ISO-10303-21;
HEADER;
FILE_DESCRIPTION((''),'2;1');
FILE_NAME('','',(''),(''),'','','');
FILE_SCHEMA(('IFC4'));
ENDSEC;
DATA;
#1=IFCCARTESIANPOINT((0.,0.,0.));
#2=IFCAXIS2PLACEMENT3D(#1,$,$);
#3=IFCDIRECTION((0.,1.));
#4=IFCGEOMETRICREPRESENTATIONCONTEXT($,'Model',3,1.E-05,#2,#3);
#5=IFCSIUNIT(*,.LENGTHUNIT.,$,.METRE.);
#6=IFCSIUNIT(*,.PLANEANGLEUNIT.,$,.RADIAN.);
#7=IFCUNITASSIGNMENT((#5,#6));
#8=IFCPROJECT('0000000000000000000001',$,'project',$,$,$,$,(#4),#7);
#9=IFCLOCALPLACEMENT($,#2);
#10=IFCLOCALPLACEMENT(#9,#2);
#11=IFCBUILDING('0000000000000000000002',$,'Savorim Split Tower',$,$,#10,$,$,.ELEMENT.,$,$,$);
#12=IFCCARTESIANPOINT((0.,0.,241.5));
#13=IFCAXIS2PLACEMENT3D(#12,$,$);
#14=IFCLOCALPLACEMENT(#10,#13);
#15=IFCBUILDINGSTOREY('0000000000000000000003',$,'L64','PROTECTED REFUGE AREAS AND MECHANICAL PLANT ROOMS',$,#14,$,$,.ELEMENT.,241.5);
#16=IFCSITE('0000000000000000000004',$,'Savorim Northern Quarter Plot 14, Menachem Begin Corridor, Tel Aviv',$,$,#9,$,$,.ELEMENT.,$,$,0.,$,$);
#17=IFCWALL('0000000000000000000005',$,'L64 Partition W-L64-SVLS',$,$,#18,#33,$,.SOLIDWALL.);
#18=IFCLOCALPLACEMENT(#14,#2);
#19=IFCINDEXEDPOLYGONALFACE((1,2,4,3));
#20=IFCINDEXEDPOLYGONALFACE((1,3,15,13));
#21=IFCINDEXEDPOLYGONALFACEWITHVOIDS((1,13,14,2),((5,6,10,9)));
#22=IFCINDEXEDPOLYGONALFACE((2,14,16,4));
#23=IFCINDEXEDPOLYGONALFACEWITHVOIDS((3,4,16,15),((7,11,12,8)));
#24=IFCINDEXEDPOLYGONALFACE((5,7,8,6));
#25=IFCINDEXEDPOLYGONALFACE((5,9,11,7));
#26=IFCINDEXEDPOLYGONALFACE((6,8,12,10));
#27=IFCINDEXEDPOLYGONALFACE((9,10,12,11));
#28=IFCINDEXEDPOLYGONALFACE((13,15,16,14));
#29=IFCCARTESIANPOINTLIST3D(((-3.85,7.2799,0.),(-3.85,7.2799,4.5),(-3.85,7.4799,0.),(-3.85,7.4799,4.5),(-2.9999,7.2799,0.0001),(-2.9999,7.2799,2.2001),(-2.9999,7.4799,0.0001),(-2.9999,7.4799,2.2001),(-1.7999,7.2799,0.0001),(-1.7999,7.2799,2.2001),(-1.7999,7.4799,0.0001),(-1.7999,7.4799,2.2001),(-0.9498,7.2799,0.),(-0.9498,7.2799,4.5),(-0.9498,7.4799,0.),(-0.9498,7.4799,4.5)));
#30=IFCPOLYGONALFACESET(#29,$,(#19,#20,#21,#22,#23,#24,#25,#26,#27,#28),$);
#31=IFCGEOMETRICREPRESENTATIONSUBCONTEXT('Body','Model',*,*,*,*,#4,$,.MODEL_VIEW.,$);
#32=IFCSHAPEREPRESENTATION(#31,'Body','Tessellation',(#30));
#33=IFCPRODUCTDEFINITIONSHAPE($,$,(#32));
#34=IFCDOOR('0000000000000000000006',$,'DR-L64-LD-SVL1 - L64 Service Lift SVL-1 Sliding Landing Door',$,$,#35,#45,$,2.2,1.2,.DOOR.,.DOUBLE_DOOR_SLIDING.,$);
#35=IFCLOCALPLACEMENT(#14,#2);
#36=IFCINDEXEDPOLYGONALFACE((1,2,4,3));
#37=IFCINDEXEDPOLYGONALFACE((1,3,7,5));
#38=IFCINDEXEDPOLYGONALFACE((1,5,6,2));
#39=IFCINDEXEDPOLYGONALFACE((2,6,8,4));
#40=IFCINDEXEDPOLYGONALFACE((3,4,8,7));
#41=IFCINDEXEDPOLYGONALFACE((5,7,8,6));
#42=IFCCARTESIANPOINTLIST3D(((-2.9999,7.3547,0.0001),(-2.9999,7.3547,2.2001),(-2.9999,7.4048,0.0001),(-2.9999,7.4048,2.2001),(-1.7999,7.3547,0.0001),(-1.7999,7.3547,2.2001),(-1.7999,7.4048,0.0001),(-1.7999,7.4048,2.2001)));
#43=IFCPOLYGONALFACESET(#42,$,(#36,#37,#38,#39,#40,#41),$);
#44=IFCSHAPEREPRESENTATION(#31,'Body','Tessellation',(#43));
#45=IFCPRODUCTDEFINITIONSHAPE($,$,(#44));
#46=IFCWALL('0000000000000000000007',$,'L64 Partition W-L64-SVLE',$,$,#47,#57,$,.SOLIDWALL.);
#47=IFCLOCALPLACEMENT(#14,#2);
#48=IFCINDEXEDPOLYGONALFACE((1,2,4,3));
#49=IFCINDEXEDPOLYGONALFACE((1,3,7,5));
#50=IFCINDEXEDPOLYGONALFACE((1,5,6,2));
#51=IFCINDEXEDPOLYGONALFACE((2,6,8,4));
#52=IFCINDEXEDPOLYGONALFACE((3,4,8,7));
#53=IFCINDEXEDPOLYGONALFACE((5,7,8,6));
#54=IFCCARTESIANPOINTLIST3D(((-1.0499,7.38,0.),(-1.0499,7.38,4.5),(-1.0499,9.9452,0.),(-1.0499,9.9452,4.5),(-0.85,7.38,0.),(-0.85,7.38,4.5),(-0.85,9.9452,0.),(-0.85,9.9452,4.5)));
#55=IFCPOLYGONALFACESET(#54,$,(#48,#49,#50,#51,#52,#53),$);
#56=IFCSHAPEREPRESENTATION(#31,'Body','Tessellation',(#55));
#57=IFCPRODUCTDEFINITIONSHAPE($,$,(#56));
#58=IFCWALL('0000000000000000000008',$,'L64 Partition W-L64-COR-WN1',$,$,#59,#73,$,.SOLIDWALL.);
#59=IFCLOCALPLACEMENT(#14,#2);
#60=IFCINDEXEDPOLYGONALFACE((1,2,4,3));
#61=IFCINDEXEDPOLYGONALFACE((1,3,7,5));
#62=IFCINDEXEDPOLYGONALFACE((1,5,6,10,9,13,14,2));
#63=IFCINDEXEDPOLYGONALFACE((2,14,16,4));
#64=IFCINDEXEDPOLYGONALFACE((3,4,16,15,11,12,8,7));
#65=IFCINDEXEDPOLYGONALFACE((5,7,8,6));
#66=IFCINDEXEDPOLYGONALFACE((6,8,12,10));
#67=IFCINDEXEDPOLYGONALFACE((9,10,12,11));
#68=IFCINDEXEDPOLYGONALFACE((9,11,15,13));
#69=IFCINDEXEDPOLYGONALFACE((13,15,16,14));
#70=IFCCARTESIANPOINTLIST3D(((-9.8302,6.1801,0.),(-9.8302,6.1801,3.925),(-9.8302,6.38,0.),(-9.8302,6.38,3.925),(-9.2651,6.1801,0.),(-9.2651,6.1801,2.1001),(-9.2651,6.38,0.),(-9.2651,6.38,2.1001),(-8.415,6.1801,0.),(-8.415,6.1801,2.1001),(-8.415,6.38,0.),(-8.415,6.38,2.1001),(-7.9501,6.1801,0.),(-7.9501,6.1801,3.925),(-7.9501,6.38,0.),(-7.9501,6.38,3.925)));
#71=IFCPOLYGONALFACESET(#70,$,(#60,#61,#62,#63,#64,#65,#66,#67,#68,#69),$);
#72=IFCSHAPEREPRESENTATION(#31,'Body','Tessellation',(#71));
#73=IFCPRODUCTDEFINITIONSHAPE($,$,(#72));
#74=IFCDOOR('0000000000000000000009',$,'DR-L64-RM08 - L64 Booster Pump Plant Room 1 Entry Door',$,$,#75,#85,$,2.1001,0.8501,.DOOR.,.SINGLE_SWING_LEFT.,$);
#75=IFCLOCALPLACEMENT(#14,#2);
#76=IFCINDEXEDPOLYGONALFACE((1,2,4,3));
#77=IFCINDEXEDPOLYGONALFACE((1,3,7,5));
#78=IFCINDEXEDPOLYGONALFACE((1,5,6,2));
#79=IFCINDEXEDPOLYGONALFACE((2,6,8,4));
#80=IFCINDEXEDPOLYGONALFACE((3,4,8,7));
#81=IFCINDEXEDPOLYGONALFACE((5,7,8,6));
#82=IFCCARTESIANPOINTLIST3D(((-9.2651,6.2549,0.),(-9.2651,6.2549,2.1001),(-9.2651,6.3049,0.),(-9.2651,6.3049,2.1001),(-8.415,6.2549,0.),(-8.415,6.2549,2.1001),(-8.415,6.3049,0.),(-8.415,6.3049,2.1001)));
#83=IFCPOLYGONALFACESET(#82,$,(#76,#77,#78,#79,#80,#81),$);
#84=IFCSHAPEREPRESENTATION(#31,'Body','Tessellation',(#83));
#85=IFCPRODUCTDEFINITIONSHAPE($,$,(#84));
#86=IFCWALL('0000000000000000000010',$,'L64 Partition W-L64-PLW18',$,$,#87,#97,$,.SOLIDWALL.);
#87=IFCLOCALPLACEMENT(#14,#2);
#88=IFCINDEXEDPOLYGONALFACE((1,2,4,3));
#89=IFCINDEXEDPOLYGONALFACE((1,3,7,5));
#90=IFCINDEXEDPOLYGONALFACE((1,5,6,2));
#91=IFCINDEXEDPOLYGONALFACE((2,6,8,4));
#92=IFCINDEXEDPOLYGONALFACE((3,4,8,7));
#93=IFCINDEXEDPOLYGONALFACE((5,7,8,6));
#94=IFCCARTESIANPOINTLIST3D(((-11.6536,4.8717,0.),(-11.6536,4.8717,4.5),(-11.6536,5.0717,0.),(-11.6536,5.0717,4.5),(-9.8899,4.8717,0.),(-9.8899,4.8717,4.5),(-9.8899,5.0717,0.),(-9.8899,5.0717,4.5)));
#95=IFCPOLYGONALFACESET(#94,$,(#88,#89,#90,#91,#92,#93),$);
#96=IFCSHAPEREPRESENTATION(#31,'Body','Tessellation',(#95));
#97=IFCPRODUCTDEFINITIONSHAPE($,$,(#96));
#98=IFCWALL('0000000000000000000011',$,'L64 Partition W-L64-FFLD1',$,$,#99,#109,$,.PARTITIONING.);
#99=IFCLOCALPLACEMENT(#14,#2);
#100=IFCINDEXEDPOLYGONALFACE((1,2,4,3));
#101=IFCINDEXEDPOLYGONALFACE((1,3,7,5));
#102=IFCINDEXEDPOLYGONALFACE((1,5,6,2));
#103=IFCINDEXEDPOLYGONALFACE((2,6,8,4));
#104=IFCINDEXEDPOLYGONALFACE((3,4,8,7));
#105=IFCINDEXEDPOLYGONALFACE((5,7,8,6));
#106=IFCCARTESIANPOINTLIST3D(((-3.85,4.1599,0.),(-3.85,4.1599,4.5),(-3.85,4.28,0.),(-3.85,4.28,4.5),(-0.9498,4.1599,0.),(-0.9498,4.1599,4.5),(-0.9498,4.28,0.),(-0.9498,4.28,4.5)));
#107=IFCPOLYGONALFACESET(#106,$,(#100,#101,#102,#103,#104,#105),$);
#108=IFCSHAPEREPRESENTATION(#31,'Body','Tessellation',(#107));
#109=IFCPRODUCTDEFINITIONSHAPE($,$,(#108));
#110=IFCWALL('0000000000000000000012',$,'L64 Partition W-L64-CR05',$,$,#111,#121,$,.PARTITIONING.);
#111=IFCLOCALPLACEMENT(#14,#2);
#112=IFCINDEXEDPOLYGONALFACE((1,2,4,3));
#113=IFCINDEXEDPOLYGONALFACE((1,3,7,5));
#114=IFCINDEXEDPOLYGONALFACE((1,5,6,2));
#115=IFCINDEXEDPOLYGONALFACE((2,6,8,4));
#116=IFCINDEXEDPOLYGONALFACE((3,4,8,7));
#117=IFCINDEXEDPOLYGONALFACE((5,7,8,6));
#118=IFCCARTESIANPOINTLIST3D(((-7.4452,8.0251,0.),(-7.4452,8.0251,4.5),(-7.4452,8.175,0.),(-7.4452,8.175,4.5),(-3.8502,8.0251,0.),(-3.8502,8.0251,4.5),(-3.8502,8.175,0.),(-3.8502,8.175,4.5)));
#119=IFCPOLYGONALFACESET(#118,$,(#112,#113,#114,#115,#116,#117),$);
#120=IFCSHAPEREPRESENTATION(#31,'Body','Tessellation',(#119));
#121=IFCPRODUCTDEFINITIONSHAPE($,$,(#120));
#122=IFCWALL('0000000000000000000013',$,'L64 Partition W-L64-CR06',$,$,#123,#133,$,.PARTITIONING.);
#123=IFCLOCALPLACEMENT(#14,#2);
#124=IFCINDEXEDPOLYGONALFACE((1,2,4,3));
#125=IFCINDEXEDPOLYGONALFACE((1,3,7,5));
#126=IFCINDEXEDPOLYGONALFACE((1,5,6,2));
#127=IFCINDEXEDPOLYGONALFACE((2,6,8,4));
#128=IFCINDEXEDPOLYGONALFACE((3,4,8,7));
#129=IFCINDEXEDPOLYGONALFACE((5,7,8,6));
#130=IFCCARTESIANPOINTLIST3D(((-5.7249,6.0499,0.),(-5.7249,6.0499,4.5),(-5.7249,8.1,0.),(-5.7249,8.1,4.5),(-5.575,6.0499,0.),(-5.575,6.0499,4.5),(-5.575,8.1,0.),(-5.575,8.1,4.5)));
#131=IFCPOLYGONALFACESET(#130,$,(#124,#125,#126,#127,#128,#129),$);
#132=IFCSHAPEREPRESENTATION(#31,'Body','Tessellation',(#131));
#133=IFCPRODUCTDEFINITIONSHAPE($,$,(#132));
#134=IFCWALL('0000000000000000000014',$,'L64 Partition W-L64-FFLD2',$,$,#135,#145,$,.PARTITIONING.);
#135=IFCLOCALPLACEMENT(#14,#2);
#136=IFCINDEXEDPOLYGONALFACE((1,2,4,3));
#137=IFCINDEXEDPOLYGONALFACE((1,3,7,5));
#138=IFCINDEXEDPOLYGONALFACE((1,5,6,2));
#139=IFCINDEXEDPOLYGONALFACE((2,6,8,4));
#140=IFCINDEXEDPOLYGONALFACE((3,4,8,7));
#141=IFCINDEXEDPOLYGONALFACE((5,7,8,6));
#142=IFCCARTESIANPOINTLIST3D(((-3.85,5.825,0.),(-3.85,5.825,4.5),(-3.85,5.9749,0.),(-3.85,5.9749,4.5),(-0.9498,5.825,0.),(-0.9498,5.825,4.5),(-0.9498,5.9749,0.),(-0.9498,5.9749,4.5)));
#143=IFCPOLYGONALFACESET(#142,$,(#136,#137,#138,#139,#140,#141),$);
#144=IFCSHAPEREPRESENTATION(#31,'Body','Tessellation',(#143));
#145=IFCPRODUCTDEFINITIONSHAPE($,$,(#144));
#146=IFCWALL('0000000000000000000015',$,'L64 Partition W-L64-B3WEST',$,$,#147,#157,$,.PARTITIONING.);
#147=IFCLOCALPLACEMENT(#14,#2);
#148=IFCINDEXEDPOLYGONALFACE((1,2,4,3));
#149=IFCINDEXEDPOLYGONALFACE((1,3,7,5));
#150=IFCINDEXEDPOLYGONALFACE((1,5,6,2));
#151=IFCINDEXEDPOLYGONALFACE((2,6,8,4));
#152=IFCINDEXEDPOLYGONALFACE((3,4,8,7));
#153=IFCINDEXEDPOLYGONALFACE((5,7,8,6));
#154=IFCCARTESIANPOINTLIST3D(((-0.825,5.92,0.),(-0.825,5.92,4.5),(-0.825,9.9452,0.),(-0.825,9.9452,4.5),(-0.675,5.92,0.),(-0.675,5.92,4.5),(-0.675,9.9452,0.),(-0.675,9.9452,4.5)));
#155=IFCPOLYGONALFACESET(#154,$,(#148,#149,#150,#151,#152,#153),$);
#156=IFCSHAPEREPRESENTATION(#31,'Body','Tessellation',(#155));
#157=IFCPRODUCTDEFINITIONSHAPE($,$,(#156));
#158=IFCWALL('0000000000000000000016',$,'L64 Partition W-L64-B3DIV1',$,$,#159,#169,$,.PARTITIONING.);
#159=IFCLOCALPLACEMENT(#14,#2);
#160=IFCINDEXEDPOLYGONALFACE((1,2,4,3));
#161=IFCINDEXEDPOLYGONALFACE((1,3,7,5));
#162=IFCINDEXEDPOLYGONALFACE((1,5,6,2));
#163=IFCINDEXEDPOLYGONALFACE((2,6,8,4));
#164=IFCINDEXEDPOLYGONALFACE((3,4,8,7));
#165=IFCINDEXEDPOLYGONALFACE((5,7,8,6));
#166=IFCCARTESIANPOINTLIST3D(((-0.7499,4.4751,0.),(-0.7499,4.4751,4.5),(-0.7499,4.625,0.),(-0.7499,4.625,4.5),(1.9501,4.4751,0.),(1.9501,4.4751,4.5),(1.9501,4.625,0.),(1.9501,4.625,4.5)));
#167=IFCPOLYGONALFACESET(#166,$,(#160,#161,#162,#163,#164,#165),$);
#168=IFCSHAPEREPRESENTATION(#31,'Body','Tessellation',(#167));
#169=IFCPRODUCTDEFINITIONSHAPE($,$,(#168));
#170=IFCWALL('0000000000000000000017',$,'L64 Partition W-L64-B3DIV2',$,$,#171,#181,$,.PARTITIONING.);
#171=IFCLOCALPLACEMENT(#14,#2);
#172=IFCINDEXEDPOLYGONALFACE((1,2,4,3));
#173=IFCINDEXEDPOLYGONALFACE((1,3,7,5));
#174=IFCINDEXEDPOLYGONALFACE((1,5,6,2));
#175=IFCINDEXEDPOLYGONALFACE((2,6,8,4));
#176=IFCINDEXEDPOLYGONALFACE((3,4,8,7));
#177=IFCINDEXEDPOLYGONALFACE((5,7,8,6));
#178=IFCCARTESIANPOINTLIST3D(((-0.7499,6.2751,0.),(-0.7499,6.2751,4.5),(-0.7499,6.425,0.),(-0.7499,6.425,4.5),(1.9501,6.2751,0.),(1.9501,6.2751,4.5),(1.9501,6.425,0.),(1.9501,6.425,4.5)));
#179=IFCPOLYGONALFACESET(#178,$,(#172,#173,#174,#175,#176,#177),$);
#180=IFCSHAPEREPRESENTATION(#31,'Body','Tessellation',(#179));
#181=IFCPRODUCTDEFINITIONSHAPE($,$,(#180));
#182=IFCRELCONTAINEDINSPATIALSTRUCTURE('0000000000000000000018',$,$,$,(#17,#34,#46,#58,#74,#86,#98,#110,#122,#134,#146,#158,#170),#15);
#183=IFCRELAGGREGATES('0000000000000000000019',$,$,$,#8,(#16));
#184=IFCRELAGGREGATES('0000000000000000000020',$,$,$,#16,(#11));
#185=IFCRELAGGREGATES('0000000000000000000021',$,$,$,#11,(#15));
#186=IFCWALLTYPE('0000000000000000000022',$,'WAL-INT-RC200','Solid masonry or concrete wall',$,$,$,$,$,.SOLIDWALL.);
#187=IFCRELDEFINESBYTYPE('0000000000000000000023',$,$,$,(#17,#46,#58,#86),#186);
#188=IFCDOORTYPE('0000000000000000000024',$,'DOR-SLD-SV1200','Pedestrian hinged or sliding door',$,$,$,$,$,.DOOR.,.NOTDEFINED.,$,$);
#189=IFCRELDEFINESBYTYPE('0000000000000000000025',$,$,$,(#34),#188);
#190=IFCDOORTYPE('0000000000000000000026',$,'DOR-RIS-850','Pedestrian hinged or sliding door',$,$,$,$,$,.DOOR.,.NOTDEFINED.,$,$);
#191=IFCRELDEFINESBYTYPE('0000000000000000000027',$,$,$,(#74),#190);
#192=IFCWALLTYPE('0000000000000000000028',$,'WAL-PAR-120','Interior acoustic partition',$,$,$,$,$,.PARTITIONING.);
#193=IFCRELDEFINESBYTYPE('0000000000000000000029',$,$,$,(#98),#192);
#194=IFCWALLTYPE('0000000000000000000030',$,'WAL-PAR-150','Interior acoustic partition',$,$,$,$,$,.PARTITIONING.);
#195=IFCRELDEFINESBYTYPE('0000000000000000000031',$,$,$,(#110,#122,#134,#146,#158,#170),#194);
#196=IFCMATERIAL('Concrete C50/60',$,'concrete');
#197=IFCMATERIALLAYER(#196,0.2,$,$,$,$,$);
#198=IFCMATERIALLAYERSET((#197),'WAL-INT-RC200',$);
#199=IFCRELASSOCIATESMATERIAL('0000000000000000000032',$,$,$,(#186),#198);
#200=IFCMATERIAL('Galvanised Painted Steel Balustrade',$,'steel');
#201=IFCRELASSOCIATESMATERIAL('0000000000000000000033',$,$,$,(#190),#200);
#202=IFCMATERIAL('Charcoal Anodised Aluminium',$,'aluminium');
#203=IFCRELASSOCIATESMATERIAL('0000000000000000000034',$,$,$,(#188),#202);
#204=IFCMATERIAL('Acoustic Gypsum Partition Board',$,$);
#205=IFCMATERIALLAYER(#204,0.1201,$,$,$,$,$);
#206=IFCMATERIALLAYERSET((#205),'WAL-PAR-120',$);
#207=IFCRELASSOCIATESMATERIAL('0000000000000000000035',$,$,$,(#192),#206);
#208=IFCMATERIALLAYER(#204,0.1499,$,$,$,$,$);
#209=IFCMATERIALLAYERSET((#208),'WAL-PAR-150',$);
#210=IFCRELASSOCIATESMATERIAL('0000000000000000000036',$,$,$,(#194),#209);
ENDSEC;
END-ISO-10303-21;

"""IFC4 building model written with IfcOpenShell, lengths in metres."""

from ifc_helpers import new_model, si_unit, direction, frame, frame_2d, origin, place, context, subcontext, project, spatial, rectangle, extrude, material, layer, layer_set, type_object, element, fill, save


model = new_model("IFC4")

# Units and contexts
model_context = context("Model", 3, precision=1e-05, world=origin(), true_north=direction((0.0, 1.0)))
body_context = subcontext(model_context, "Body", "Model", "MODEL_VIEW")
ifc_project = project(units=[si_unit("LENGTHUNIT", "METRE"), si_unit("PLANEANGLEUNIT", "RADIAN")], contexts=[model_context])

# Site, building, storey
site_placement = place(None, origin())
site = spatial("IfcSite", under=ifc_project, at=site_placement, Name="Savorim Northern Quarter Plot 14, Menachem Begin Corridor, Tel Aviv", CompositionType="ELEMENT", RefElevation=0.0)
building_placement = place(site_placement, origin())
building = spatial("IfcBuilding", under=site, at=building_placement, Name="Savorim Split Tower", CompositionType="ELEMENT")
storey_placement = place(building_placement, frame((0.0, 0.0, 241.5)))
storey = spatial("IfcBuildingStorey", under=building, at=storey_placement, Name="L64", Description="PROTECTED REFUGE AREAS AND MECHANICAL PLANT ROOMS", CompositionType="ELEMENT", Elevation=241.5)

# Shared definitions
ifc_material_1 = material(Name="Charcoal Anodised Aluminium", Category="aluminium")

# Shared definitions
ifc_material_2 = material(Name="Concrete C50/60", Category="concrete")
ifc_layer_1 = layer(ifc_material_2, 0.2)
ifc_layer_set_1 = layer_set([ifc_layer_1], Name="WAL-INT-RC200")
wall_type_1 = type_object("IfcWallType", Name="WAL-INT-RC200", Description="Solid masonry or concrete wall", PredefinedType="SOLIDWALL", material=ifc_layer_set_1)
ifc_material_3 = material(Name="Galvanised Painted Steel Balustrade", Category="steel")
door_type_1 = type_object("IfcDoorType", Name="DOR-RIS-850", Description="Pedestrian hinged or sliding door", OperationType="NOTDEFINED", PredefinedType="DOOR", material=ifc_material_3)

# Wall, opening, door
wall_1_placement = place(storey_placement, frame((-3.8501, 7.3799, 0.0), z_axis=(0.0, 0.0, 1.0), x_axis=(1.0, 0.0, 0.0)))
wall_1 = element("IfcWall", 1, at=wall_1_placement, inside=storey, type_object=wall_type_1, Name="L64 Partition W-L64-SVLS", PredefinedType="SOLIDWALL", context=body_context, shape_type="SweptSolid", body=[
    extrude(rectangle(XDim=2.9001, YDim=0.2, at=frame_2d((1.4502, 0.0))), origin(), (0.0, 0.0, 1.0), 4.5),
])
opening_1_placement = place(wall_1_placement, frame((0.8501, 0.0, 0.0)))
opening_1 = element("IfcOpeningElement", 2, at=opening_1_placement, cuts=wall_1, PredefinedType="OPENING", context=body_context, shape_type="SweptSolid", body=[
    extrude(rectangle(XDim=1.2, YDim=2.2, at=frame_2d((0.6001, 1.1001))), frame((0.0, 0.1099, 0.0), z_axis=(0.0, -1.0, 0.0), x_axis=(1.0, 0.0, 0.0)), (0.0, 0.0, 1.0), 0.22),
])
door_type_2 = type_object("IfcDoorType", Name="DOR-SLD-SV1200", Description="Pedestrian hinged or sliding door", OperationType="NOTDEFINED", PredefinedType="DOOR", material=ifc_material_1)
door_1_placement = place(opening_1_placement, origin())
door_1 = element("IfcDoor", 3, at=door_1_placement, inside=storey, type_object=door_type_2, Name="DR-L64-LD-SVL1 - L64 Service Lift SVL-1 Sliding Landing Door", OperationType="DOUBLE_DOOR_SLIDING", OverallHeight=2.2, OverallWidth=1.2, PredefinedType="DOOR", context=body_context, shape_type="SweptSolid", body=[
    extrude(rectangle(XDim=1.2, YDim=2.2, at=frame_2d((0.6001, 1.1001))), frame((0.0, 0.0249, 0.0), z_axis=(0.0, -1.0, 0.0), x_axis=(1.0, 0.0, 0.0)), (0.0, 0.0, 1.0), 0.05),
])
fill(opening_1, door_1)

# Wall
wall_2_placement = place(storey_placement, frame((-0.95, 7.3799, 0.0), z_axis=(0.0, 0.0, 1.0), x_axis=(0.0, 1.0, 0.0)))
element("IfcWall", 4, at=wall_2_placement, inside=storey, type_object=wall_type_1, Name="L64 Partition W-L64-SVLE", PredefinedType="SOLIDWALL", context=body_context, shape_type="SweptSolid", body=[
    extrude(rectangle(XDim=2.5652, YDim=0.2, at=frame_2d((1.2827, 0.0))), origin(), (0.0, 0.0, 1.0), 4.5),
])

# Wall, opening, door
wall_3_placement = place(storey_placement, frame((-9.8301, 6.28, 0.0), z_axis=(0.0, 0.0, 1.0), x_axis=(1.0, 0.0, 0.0)))
wall_3 = element("IfcWall", 5, at=wall_3_placement, inside=storey, type_object=wall_type_1, Name="L64 Partition W-L64-COR-WN1", PredefinedType="SOLIDWALL", context=body_context, shape_type="SweptSolid", body=[
    extrude(rectangle(XDim=1.8801, YDim=0.2, at=frame_2d((0.9399, 0.0))), origin(), (0.0, 0.0, 1.0), 3.925),
])
opening_2_placement = place(wall_3_placement, frame((0.5649, 0.0, 0.0)))
opening_2 = element("IfcOpeningElement", 6, at=opening_2_placement, cuts=wall_3, PredefinedType="OPENING", context=body_context, shape_type="SweptSolid", body=[
    extrude(rectangle(XDim=0.8501, YDim=2.1001, at=frame_2d((0.425, 1.05))), frame((0.0, 0.1099, 0.0), z_axis=(0.0, -1.0, 0.0), x_axis=(1.0, 0.0, 0.0)), (0.0, 0.0, 1.0), 0.22),
])
door_2_placement = place(opening_2_placement, origin())
door_2 = element("IfcDoor", 7, at=door_2_placement, inside=storey, type_object=door_type_1, Name="DR-L64-RM08 - L64 Booster Pump Plant Room 1 Entry Door", OperationType="SINGLE_SWING_LEFT", OverallHeight=2.1001, OverallWidth=0.8501, PredefinedType="DOOR", context=body_context, shape_type="SweptSolid", body=[
    extrude(rectangle(XDim=0.8501, YDim=2.1001, at=frame_2d((0.425, 1.05))), frame((0.0, 0.0249, 0.0), z_axis=(0.0, -1.0, 0.0), x_axis=(1.0, 0.0, 0.0)), (0.0, 0.0, 1.0), 0.05),
])
fill(opening_2, door_2)

# Walls
wall_4_placement = place(storey_placement, frame((-9.8899, 4.9717, 0.0), z_axis=(0.0, 0.0, 1.0), x_axis=(-1.0, 0.0, 0.0)))
element("IfcWall", 8, at=wall_4_placement, inside=storey, type_object=wall_type_1, Name="L64 Partition W-L64-PLW18", PredefinedType="SOLIDWALL", context=body_context, shape_type="SweptSolid", body=[
    extrude(rectangle(XDim=1.7637, YDim=0.2, at=frame_2d((0.8818, 0.0))), origin(), (0.0, 0.0, 1.0), 4.5),
])
ifc_material_4 = material(Name="Acoustic Gypsum Partition Board")
ifc_layer_2 = layer(ifc_material_4, 0.1201)
ifc_layer_set_2 = layer_set([ifc_layer_2], Name="WAL-PAR-120")
wall_type_2 = type_object("IfcWallType", Name="WAL-PAR-120", Description="Interior acoustic partition", PredefinedType="PARTITIONING", material=ifc_layer_set_2)
wall_5_placement = place(storey_placement, frame((-3.8501, 4.22, 0.0), z_axis=(0.0, 0.0, 1.0), x_axis=(1.0, 0.0, 0.0)))
element("IfcWall", 9, at=wall_5_placement, inside=storey, type_object=wall_type_2, Name="L64 Partition W-L64-FFLD1", PredefinedType="PARTITIONING", context=body_context, shape_type="SweptSolid", body=[
    extrude(rectangle(XDim=2.9001, YDim=0.1201, at=frame_2d((1.4502, 0.0))), origin(), (0.0, 0.0, 1.0), 4.5),
])
ifc_layer_3 = layer(ifc_material_4, 0.1499)
ifc_layer_set_3 = layer_set([ifc_layer_3], Name="WAL-PAR-150")
wall_type_3 = type_object("IfcWallType", Name="WAL-PAR-150", Description="Interior acoustic partition", PredefinedType="PARTITIONING", material=ifc_layer_set_3)
wall_6_placement = place(storey_placement, frame((-7.4451, 8.1001, 0.0), z_axis=(0.0, 0.0, 1.0), x_axis=(1.0, 0.0, 0.0)))
element("IfcWall", 10, at=wall_6_placement, inside=storey, type_object=wall_type_3, Name="L64 Partition W-L64-CR05", PredefinedType="PARTITIONING", context=body_context, shape_type="SweptSolid", body=[
    extrude(rectangle(XDim=3.595, YDim=0.1499, at=frame_2d((1.7974, 0.0))), origin(), (0.0, 0.0, 1.0), 4.5),
])
wall_7_placement = place(storey_placement, frame((-5.6499, 6.05, 0.0), z_axis=(0.0, 0.0, 1.0), x_axis=(0.0, 1.0, 0.0)))
element("IfcWall", 11, at=wall_7_placement, inside=storey, type_object=wall_type_3, Name="L64 Partition W-L64-CR06", PredefinedType="PARTITIONING", context=body_context, shape_type="SweptSolid", body=[
    extrude(rectangle(XDim=2.05, YDim=0.1499, at=frame_2d((1.0249, 0.0))), origin(), (0.0, 0.0, 1.0), 4.5),
])
wall_8_placement = place(storey_placement, frame((-3.8501, 5.8999, 0.0), z_axis=(0.0, 0.0, 1.0), x_axis=(1.0, 0.0, 0.0)))
element("IfcWall", 12, at=wall_8_placement, inside=storey, type_object=wall_type_3, Name="L64 Partition W-L64-FFLD2", PredefinedType="PARTITIONING", context=body_context, shape_type="SweptSolid", body=[
    extrude(rectangle(XDim=2.9001, YDim=0.1499, at=frame_2d((1.4502, 0.0))), origin(), (0.0, 0.0, 1.0), 4.5),
])
wall_9_placement = place(storey_placement, frame((-0.75, 5.9199, 0.0), z_axis=(0.0, 0.0, 1.0), x_axis=(0.0, 1.0, 0.0)))
element("IfcWall", 13, at=wall_9_placement, inside=storey, type_object=wall_type_3, Name="L64 Partition W-L64-B3WEST", PredefinedType="PARTITIONING", context=body_context, shape_type="SweptSolid", body=[
    extrude(rectangle(XDim=4.0251, YDim=0.1499, at=frame_2d((2.0127, 0.0))), origin(), (0.0, 0.0, 1.0), 4.5),
])
for number, where, z_axis, x_axis, name in (
    (14, (-0.75, 4.55, 0.0), (0.0, 0.0, 1.0), (1.0, 0.0, 0.0), "L64 Partition W-L64-B3DIV1"),
    (15, (-0.75, 6.3501, 0.0), (0.0, 0.0, 1.0), (1.0, 0.0, 0.0), "L64 Partition W-L64-B3DIV2"),
):
    element("IfcWall", number, at=place(storey_placement, frame(where, z_axis=z_axis, x_axis=x_axis)), inside=storey, type_object=wall_type_3, Name=name, PredefinedType="PARTITIONING", context=body_context, shape_type="SweptSolid", body=[
        extrude(rectangle(XDim=2.7, YDim=0.1499, at=frame_2d((1.3501, 0.0))), origin(), (0.0, 0.0, 1.0), 4.5),
    ])

save(model, "model.ifc")
